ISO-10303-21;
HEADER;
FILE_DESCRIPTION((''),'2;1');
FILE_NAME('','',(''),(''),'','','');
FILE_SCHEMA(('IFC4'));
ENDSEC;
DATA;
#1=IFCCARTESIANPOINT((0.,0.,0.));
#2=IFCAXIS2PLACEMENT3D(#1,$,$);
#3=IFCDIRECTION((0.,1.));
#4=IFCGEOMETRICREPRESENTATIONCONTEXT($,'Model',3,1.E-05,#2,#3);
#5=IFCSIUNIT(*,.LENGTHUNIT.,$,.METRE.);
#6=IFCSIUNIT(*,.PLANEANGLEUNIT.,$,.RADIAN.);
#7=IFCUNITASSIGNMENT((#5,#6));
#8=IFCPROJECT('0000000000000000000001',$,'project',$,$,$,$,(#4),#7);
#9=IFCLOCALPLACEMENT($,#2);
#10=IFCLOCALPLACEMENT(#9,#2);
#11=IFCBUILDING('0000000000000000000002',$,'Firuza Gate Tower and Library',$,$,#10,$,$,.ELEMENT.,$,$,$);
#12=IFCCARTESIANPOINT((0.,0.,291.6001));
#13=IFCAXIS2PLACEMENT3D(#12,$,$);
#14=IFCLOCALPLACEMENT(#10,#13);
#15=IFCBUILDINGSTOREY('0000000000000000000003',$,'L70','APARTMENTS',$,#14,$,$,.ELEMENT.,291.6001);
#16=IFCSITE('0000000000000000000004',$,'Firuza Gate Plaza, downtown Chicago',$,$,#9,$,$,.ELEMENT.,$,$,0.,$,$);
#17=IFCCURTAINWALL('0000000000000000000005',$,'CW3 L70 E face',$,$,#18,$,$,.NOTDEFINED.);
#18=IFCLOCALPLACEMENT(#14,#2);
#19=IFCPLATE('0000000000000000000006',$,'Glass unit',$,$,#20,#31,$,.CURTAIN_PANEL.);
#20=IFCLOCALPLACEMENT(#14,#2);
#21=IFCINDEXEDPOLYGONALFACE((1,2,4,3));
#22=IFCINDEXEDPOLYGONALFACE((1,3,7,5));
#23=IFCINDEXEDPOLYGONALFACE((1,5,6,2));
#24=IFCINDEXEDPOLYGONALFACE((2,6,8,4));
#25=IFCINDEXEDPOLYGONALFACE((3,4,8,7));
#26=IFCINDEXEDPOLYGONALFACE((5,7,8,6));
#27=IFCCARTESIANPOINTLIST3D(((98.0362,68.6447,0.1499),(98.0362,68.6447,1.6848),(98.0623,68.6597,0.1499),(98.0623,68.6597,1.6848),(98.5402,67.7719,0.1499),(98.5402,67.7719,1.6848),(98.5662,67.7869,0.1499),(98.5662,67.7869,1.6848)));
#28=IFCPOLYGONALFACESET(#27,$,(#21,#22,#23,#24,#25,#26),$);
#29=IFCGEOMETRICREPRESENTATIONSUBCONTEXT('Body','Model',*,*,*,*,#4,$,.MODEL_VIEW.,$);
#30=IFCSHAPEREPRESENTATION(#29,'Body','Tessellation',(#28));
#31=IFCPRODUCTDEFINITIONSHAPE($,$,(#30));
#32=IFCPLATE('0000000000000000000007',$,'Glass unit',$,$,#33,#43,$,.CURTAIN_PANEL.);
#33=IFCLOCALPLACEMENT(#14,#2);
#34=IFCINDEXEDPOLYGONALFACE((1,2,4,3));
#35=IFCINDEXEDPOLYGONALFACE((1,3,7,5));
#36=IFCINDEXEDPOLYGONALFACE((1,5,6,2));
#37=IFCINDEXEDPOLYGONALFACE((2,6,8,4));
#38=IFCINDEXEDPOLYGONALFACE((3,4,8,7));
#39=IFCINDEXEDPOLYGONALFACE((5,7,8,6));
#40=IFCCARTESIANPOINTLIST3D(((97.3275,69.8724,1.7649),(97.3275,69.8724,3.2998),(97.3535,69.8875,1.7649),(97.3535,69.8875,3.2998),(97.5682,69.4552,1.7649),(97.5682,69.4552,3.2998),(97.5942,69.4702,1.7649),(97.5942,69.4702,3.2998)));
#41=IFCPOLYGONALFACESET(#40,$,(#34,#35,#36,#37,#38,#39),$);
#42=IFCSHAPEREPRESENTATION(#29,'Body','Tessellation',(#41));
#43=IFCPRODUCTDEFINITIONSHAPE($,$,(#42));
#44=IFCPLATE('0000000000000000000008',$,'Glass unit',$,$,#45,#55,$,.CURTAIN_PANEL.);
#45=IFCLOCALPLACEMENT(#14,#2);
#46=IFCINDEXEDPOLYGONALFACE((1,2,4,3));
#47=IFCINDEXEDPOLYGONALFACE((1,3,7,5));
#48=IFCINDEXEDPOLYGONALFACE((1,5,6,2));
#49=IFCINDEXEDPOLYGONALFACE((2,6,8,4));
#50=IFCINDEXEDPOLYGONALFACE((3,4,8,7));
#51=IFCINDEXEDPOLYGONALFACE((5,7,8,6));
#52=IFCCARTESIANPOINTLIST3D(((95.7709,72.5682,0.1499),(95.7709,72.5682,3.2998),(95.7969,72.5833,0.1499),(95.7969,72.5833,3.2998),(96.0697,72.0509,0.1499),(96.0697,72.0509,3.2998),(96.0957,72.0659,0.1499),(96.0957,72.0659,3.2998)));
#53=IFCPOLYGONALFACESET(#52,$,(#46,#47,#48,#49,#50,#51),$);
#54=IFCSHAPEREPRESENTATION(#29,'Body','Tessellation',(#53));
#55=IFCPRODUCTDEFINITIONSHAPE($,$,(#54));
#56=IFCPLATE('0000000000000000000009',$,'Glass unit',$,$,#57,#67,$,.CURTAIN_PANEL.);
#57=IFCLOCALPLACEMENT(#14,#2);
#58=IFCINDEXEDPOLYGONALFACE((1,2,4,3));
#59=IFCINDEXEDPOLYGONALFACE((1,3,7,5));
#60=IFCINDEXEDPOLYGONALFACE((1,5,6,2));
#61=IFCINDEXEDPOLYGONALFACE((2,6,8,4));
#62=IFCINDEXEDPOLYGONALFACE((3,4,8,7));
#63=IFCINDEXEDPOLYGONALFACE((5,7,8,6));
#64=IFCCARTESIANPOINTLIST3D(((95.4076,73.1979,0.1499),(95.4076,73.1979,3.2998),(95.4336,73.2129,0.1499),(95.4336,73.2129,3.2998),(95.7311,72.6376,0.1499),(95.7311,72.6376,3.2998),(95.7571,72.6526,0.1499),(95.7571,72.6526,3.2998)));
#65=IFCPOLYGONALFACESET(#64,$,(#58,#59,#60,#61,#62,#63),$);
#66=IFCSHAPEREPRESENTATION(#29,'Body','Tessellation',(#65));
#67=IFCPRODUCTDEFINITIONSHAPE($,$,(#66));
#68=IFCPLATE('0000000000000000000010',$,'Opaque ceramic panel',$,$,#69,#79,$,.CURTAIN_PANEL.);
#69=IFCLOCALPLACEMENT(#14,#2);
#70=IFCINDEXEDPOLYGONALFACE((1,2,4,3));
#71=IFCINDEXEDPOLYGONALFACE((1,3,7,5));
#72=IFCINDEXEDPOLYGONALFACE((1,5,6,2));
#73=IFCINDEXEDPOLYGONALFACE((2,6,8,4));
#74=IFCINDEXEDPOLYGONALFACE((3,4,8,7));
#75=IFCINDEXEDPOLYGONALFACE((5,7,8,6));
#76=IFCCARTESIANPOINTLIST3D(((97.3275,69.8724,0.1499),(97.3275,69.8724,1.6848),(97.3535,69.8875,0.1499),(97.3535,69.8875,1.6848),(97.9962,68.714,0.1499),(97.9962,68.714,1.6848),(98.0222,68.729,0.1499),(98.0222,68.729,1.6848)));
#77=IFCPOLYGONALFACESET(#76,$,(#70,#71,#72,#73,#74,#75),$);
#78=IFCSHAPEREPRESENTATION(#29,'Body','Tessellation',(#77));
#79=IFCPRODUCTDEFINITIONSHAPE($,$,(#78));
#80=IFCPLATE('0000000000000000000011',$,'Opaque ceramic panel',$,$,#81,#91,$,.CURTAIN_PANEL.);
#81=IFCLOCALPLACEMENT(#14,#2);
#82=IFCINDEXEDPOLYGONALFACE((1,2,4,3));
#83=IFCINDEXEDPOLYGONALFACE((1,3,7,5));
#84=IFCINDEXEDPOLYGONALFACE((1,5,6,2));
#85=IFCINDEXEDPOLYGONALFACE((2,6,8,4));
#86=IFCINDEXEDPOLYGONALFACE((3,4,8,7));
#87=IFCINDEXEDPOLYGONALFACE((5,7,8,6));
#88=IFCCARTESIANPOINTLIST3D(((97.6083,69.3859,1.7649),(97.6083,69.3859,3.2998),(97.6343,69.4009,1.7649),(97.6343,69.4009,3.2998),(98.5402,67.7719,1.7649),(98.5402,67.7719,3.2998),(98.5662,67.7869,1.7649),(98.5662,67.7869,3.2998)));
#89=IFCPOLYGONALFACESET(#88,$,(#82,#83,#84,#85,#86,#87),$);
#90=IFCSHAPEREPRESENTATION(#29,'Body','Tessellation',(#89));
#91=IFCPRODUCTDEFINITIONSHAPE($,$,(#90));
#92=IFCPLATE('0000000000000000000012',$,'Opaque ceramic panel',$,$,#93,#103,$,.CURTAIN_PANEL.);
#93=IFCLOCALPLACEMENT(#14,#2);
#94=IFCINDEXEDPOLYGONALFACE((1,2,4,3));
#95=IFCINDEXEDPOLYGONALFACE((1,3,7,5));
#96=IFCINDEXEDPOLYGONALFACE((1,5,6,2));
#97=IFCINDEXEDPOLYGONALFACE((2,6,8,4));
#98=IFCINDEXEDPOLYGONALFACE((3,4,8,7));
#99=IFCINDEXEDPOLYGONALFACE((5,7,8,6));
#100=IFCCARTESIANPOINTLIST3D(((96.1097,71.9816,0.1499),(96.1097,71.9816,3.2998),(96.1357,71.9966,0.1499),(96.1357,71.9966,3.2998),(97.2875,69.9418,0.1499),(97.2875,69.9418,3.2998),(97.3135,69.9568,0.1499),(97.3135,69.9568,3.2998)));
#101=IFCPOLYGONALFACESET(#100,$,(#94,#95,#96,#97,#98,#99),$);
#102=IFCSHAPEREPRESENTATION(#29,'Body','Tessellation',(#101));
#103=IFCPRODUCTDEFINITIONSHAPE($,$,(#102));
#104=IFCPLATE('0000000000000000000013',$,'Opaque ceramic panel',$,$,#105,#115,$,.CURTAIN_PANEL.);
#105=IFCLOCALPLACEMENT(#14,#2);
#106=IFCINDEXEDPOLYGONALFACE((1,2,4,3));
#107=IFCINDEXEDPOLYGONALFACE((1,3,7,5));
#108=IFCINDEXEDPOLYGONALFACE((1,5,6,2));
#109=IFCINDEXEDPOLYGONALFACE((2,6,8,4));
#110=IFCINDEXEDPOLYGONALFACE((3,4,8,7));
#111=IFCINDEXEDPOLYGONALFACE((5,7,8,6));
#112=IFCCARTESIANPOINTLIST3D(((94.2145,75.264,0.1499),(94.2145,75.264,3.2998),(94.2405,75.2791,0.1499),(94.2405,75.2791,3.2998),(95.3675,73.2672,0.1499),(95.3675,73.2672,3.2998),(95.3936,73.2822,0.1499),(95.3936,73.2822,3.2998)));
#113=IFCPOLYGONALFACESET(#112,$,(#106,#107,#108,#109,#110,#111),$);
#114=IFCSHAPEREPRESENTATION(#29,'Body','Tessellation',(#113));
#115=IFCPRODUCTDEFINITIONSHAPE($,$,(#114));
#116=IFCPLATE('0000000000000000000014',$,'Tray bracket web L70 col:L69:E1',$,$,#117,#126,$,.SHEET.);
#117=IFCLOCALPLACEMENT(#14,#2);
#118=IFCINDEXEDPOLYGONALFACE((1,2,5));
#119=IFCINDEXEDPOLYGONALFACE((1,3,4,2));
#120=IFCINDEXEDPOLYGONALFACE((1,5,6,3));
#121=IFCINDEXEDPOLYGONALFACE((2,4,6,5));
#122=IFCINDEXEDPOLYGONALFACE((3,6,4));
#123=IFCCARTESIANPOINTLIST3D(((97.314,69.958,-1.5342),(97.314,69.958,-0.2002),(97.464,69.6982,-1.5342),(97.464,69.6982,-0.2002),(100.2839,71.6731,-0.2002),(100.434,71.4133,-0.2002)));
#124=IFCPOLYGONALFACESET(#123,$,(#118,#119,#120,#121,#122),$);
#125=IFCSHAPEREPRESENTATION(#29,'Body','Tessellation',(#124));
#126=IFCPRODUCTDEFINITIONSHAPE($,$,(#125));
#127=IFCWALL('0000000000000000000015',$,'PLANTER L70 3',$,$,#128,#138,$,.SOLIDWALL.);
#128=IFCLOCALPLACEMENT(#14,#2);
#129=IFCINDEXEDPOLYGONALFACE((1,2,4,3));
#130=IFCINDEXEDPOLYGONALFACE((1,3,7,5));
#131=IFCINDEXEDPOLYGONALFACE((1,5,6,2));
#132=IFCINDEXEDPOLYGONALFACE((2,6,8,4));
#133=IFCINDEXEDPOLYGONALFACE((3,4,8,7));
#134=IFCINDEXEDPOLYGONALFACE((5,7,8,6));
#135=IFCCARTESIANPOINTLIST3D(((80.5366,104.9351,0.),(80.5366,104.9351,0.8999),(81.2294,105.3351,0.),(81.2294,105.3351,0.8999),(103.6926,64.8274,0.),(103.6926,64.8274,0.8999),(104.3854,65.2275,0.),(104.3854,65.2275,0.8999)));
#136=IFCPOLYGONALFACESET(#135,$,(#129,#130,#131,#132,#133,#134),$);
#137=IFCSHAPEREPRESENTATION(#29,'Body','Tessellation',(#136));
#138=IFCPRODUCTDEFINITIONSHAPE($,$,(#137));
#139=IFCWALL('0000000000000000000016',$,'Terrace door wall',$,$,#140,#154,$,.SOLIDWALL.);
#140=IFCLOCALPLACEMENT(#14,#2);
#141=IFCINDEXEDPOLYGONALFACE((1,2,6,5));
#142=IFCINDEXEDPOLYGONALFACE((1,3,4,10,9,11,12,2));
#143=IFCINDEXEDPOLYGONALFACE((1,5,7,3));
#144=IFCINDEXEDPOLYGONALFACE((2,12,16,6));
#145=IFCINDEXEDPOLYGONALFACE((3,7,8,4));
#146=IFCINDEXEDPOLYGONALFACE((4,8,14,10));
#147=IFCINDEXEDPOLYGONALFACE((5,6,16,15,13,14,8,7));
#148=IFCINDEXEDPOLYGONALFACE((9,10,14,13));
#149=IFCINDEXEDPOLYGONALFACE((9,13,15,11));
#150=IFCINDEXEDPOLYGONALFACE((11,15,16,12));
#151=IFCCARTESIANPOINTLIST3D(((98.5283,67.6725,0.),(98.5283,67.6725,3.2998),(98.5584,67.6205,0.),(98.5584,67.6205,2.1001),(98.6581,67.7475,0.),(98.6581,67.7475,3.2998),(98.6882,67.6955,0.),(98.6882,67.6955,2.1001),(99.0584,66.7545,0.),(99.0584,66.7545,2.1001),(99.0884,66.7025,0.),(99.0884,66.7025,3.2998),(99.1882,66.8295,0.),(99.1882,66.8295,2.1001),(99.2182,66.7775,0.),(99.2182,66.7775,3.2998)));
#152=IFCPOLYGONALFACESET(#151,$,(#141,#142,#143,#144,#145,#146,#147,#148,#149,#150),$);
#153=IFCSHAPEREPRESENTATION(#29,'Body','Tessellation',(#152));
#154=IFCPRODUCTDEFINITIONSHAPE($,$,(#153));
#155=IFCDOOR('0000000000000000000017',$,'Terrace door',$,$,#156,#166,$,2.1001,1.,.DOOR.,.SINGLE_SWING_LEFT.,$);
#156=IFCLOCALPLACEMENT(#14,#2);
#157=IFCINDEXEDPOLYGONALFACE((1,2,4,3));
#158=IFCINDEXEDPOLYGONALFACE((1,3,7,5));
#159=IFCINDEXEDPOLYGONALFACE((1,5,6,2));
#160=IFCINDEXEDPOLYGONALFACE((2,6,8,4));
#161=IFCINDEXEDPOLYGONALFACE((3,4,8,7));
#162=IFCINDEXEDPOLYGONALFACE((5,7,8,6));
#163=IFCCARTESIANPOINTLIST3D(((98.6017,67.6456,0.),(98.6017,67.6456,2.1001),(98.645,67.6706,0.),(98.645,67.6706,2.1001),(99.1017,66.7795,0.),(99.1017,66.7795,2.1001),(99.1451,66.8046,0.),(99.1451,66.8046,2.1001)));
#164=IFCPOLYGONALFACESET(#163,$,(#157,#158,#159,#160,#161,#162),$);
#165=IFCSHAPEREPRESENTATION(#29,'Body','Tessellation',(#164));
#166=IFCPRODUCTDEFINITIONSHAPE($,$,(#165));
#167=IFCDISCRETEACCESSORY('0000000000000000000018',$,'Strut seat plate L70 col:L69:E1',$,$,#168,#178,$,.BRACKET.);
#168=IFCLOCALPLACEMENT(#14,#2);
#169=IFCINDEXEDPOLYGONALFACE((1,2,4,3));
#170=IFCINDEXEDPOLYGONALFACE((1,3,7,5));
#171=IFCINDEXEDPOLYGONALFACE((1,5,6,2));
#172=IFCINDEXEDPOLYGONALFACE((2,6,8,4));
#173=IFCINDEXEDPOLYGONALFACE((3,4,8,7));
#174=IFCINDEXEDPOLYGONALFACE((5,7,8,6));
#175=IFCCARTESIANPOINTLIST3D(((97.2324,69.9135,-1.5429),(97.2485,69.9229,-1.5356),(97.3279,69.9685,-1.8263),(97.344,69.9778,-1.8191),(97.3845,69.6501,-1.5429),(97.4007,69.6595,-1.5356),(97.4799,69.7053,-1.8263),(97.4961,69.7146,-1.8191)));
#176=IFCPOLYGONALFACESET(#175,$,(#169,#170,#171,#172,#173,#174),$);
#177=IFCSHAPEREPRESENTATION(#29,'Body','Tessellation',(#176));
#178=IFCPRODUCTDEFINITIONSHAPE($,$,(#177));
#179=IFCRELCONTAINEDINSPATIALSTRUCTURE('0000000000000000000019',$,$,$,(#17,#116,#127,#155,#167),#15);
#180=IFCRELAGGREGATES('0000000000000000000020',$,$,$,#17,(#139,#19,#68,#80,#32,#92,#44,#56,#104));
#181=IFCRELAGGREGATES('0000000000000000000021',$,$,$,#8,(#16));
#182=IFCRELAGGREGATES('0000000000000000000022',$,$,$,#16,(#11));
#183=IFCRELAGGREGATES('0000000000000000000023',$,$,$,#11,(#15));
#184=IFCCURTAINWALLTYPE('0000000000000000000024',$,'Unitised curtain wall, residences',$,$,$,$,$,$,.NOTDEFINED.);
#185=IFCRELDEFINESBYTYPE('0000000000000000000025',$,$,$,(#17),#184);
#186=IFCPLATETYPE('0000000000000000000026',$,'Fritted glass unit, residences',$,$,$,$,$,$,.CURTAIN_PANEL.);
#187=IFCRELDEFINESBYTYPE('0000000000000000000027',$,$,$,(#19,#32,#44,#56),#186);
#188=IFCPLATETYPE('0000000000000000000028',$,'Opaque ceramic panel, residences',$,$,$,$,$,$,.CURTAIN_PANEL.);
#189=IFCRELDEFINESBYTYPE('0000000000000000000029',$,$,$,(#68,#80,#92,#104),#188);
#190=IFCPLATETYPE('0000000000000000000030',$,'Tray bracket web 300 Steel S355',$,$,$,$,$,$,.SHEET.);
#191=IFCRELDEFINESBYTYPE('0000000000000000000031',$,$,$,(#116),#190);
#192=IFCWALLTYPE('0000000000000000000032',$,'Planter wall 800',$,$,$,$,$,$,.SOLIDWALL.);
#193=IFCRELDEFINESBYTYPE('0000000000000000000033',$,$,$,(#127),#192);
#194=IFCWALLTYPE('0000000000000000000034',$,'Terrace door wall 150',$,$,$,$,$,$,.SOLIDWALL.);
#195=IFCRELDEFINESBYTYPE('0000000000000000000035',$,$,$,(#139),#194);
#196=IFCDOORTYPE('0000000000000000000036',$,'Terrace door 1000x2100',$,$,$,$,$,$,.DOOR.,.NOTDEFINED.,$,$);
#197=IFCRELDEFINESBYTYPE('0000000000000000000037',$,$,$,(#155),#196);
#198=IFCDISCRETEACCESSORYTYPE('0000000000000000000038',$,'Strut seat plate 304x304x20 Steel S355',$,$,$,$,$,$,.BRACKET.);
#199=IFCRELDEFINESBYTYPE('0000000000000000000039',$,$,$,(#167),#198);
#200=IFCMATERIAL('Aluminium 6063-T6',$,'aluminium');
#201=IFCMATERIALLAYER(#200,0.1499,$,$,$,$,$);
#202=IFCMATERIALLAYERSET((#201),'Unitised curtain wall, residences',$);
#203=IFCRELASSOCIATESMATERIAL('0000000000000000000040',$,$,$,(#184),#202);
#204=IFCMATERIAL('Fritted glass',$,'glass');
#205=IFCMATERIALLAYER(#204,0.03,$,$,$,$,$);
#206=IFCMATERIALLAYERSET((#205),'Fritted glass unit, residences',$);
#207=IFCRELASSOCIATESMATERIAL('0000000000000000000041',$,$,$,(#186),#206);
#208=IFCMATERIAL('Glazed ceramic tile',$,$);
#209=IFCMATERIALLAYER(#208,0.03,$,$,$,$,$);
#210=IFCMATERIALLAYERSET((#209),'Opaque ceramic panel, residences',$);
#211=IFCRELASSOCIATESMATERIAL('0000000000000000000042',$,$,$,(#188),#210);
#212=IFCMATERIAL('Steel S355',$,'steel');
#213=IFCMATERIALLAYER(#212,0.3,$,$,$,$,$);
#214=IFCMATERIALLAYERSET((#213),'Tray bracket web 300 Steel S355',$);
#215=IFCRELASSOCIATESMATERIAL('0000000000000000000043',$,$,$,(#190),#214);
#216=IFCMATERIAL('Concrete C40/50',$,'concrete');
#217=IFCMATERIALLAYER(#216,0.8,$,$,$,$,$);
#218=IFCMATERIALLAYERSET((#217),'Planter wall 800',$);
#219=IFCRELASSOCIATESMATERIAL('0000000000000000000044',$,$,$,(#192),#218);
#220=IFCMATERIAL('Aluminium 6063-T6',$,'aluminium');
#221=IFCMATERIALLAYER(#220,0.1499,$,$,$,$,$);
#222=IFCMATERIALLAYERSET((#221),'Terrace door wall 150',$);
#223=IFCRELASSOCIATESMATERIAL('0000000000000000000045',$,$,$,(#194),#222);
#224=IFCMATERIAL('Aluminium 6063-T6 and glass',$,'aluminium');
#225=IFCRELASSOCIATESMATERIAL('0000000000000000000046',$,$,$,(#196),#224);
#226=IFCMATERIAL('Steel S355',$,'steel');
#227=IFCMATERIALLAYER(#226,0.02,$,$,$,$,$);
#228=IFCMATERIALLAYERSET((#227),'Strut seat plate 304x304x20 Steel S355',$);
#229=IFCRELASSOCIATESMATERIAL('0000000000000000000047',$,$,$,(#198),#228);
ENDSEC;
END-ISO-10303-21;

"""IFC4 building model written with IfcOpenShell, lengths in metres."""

from ifc_helpers import new_model, si_unit, direction, frame, frame_2d, origin, place, context, subcontext, project, spatial, polyline, rectangle, outline, extrude, material, layer, layer_set, type_object, element, fill, aggregate, save


model = new_model("IFC4")

# Units and contexts
model_context = context("Model", 3, precision=1e-05, world=origin(), true_north=direction((0.0, 1.0)))
body_context = subcontext(model_context, "Body", "Model", "MODEL_VIEW")
ifc_project = project(units=[si_unit("LENGTHUNIT", "METRE"), si_unit("PLANEANGLEUNIT", "RADIAN")], contexts=[model_context])

# Site, building, storey
site_placement = place(None, origin())
site = spatial("IfcSite", under=ifc_project, at=site_placement, Name="Firuza Gate Plaza, downtown Chicago", CompositionType="ELEMENT", RefElevation=0.0)
building_placement = place(site_placement, origin())
building = spatial("IfcBuilding", under=site, at=building_placement, Name="Firuza Gate Tower and Library", CompositionType="ELEMENT")
storey_placement = place(building_placement, frame((0.0, 0.0, 291.6001)))
storey = spatial("IfcBuildingStorey", under=building, at=storey_placement, Name="L70", Description="APARTMENTS", CompositionType="ELEMENT", Elevation=291.6001)

# Curtain wall
ifc_material_1 = material(Name="Aluminium 6063-T6", Category="aluminium")
ifc_layer_1 = layer(ifc_material_1, 0.1499)
ifc_layer_set_1 = layer_set([ifc_layer_1], Name="Unitised curtain wall, residences")
curtain_wall_type = type_object("IfcCurtainWallType", Name="Unitised curtain wall, residences", PredefinedType="NOTDEFINED", material=ifc_layer_set_1)
curtain_wall_placement = place(storey_placement, origin())
curtain_wall = element("IfcCurtainWall", 1, at=curtain_wall_placement, inside=storey, type_object=curtain_wall_type, Name="CW3 L70 E face", PredefinedType="NOTDEFINED")

# Plates
ifc_material_2 = material(Name="Fritted glass", Category="glass")
ifc_layer_2 = layer(ifc_material_2, 0.03)
ifc_layer_set_2 = layer_set([ifc_layer_2], Name="Fritted glass unit, residences")
plate_type_1 = type_object("IfcPlateType", Name="Fritted glass unit, residences", PredefinedType="CURTAIN_PANEL", material=ifc_layer_set_2)
plate_1_placement = place(storey_placement, frame((98.5662, 67.7869, 0.1499), z_axis=(0.866028, 0.499995, 0.0), x_axis=(-0.499995, 0.866028, 0.0)))
plate_1 = element("IfcPlate", 2, at=plate_1_placement, type_object=plate_type_1, Name="Glass unit", PredefinedType="CURTAIN_PANEL", context=body_context, shape_type="SweptSolid", body=[
    extrude(outline(polyline([(0.0, 0.0), (1.0078, 0.0), (1.0078, 1.5349), (0.0, 1.5349), (0.0, 0.0)])), origin(), (0.0, 0.0, -1.0), 0.03),
])
plate_2_placement = place(storey_placement, frame((97.5942, 69.4702, 1.7649), z_axis=(0.866177, 0.499737, 0.0), x_axis=(-0.499737, 0.866177, 0.0)))
plate_2 = element("IfcPlate", 3, at=plate_2_placement, type_object=plate_type_1, Name="Glass unit", PredefinedType="CURTAIN_PANEL", context=body_context, shape_type="SweptSolid", body=[
    extrude(outline(polyline([(0.0, 0.0), (0.4817, 0.0), (0.4817, 1.5349), (0.0, 1.5349), (0.0, 0.0)])), origin(), (0.0, 0.0, -1.0), 0.03),
])
plate_3_placement = place(storey_placement, frame((96.0957, 72.0659, 0.1499), z_axis=(0.86592, 0.500182, 0.0), x_axis=(-0.500182, 0.86592, 0.0)))
plate_3 = element("IfcPlate", 4, at=plate_3_placement, type_object=plate_type_1, Name="Glass unit", PredefinedType="CURTAIN_PANEL", context=body_context, shape_type="SweptSolid", body=[
    extrude(outline(polyline([(0.0, 0.0), (0.5974, 0.0), (0.5974, 3.1499), (0.0, 3.1499), (0.0, 0.0)])), origin(), (0.0, 0.0, -1.0), 0.03),
])
plate_4_placement = place(storey_placement, frame((95.7571, 72.6526, 0.1499), z_axis=(0.866028, 0.499995, 0.0), x_axis=(-0.499995, 0.866028, 0.0)))
plate_4 = element("IfcPlate", 5, at=plate_4_placement, type_object=plate_type_1, Name="Glass unit", PredefinedType="CURTAIN_PANEL", context=body_context, shape_type="SweptSolid", body=[
    extrude(outline(polyline([(0.0, 0.0), (0.647, 0.0), (0.647, 3.1499), (0.0, 3.1499), (0.0, 0.0)])), origin(), (0.0, 0.0, -1.0), 0.03),
])
ifc_material_3 = material(Name="Glazed ceramic tile")
ifc_layer_3 = layer(ifc_material_3, 0.03)
ifc_layer_set_3 = layer_set([ifc_layer_3], Name="Opaque ceramic panel, residences")
plate_type_2 = type_object("IfcPlateType", Name="Opaque ceramic panel, residences", PredefinedType="CURTAIN_PANEL", material=ifc_layer_set_3)
plate_5_placement = place(storey_placement, frame((98.0222, 68.729, 0.1499), z_axis=(0.866067, 0.499928, 0.0), x_axis=(-0.499928, 0.866067, 0.0)))
plate_5 = element("IfcPlate", 6, at=plate_5_placement, type_object=plate_type_2, Name="Opaque ceramic panel", PredefinedType="CURTAIN_PANEL", context=body_context, shape_type="SweptSolid", body=[
    extrude(outline(polyline([(0.0, 0.0), (1.3376, 0.0), (1.3376, 1.5349), (0.0, 1.5349), (0.0, 0.0)])), origin(), (0.0, 0.0, -1.0), 0.03),
])
plate_6_placement = place(storey_placement, frame((98.5662, 67.7869, 1.7649), z_axis=(0.866018, 0.500013, 0.0), x_axis=(-0.500013, 0.866018, 0.0)))
plate_6 = element("IfcPlate", 7, at=plate_6_placement, type_object=plate_type_2, Name="Opaque ceramic panel", PredefinedType="CURTAIN_PANEL", context=body_context, shape_type="SweptSolid", body=[
    extrude(outline(polyline([(0.0, 0.0), (1.8637, 0.0), (1.8637, 1.5349), (0.0, 1.5349), (0.0, 0.0)])), origin(), (0.0, 0.0, -1.0), 0.03),
])
plate_7_placement = place(storey_placement, frame((97.3135, 69.9568, 0.1499), z_axis=(0.866015, 0.500019, 0.0), x_axis=(-0.500019, 0.866015, 0.0)))
plate_7 = element("IfcPlate", 8, at=plate_7_placement, type_object=plate_type_2, Name="Opaque ceramic panel", PredefinedType="CURTAIN_PANEL", context=body_context, shape_type="SweptSolid", body=[
    extrude(outline(polyline([(0.0, 0.0), (2.3554, 0.0), (2.3554, 3.1499), (0.0, 3.1499), (0.0, 0.0)])), origin(), (0.0, 0.0, -1.0), 0.03),
])
plate_8_placement = place(storey_placement, frame((95.3936, 73.2822, 0.1499), z_axis=(0.865986, 0.500068, 0.0), x_axis=(-0.500068, 0.865986, 0.0)))
plate_8 = element("IfcPlate", 9, at=plate_8_placement, type_object=plate_type_2, Name="Opaque ceramic panel", PredefinedType="CURTAIN_PANEL", context=body_context, shape_type="SweptSolid", body=[
    extrude(outline(polyline([(0.0, 0.0), (2.3058, 0.0), (2.3058, 3.1499), (0.0, 3.1499), (0.0, 0.0)])), origin(), (0.0, 0.0, -1.0), 0.03),
])
ifc_material_4 = material(Name="Steel S355", Category="steel")
ifc_layer_4 = layer(ifc_material_4, 0.3)
ifc_layer_set_4 = layer_set([ifc_layer_4], Name="Tray bracket web 300 Steel S355")
plate_type_3 = type_object("IfcPlateType", Name="Tray bracket web 300 Steel S355", PredefinedType="SHEET", material=ifc_layer_set_4)
plate_9_placement = place(storey_placement, frame((97.314, 69.958, -0.2002), z_axis=(-0.500082, 0.865978, 0.0), x_axis=(0.865978, 0.500082, 0.0)))
element("IfcPlate", 10, at=plate_9_placement, inside=storey, type_object=plate_type_3, Name="Tray bracket web L70 col:L69:E1", PredefinedType="SHEET", context=body_context, shape_type="SweptSolid", body=[
    extrude(outline(polyline([(0.0, 0.0), (3.4296, 0.0), (0.0, 1.334), (0.0, 0.0)])), origin(), (0.0, 0.0, -1.0), 0.3),
])

# Wall
ifc_material_5 = material(Name="Concrete C40/50", Category="concrete")
ifc_layer_5 = layer(ifc_material_5, 0.8)
ifc_layer_set_5 = layer_set([ifc_layer_5], Name="Planter wall 800")
wall_type_1 = type_object("IfcWallType", Name="Planter wall 800", PredefinedType="SOLIDWALL", material=ifc_layer_set_5)
wall_1_placement = place(storey_placement, frame((104.0391, 65.0273, 0.0), z_axis=(0.0, 0.0, 1.0), x_axis=(-0.499997, 0.866027, 0.0)))
element("IfcWall", 11, at=wall_1_placement, inside=storey, type_object=wall_type_1, Name="PLANTER L70 3", PredefinedType="SOLIDWALL", context=body_context, shape_type="SweptSolid", body=[
    extrude(rectangle(XDim=46.3123, YDim=0.8, at=frame_2d((23.1562, 0.0))), origin(), (0.0, 0.0, 1.0), 0.8999),
])

# Wall, opening, door
ifc_material_6 = material(Name="Aluminium 6063-T6", Category="aluminium")
ifc_layer_6 = layer(ifc_material_6, 0.1499)
ifc_layer_set_6 = layer_set([ifc_layer_6], Name="Terrace door wall 150")
wall_type_2 = type_object("IfcWallType", Name="Terrace door wall 150", PredefinedType="SOLIDWALL", material=ifc_layer_set_6)
wall_2_placement = place(storey_placement, frame((99.1533, 66.74, 0.0), z_axis=(0.0, 0.0, 1.0), x_axis=(-0.500031, 0.866008, 0.0)))
wall_2 = element("IfcWall", 12, at=wall_2_placement, type_object=wall_type_2, Name="Terrace door wall", PredefinedType="SOLIDWALL", context=body_context, shape_type="SweptSolid", body=[
    extrude(rectangle(XDim=1.1201, YDim=0.1499, at=frame_2d((0.5601, 0.0))), origin(), (0.0, 0.0, 1.0), 3.2998),
])
opening_placement = place(wall_2_placement, frame((0.0601, 0.0, 0.0)))
opening = element("IfcOpeningElement", 13, at=opening_placement, cuts=wall_2, PredefinedType="OPENING", context=body_context, shape_type="SweptSolid", body=[
    extrude(rectangle(XDim=1.0, YDim=2.1001, at=frame_2d((0.5, 1.05))), frame((0.0, 0.085, 0.0), z_axis=(0.0, -1.0, 0.0), x_axis=(1.0, 0.0, 0.0)), (0.0, 0.0, 1.0), 0.1699),
])
ifc_material_7 = material(Name="Aluminium 6063-T6 and glass", Category="aluminium")
door_type = type_object("IfcDoorType", Name="Terrace door 1000x2100", OperationType="NOTDEFINED", PredefinedType="DOOR", material=ifc_material_7)
door_placement = place(opening_placement, origin())
door = element("IfcDoor", 14, at=door_placement, inside=storey, type_object=door_type, Name="Terrace door", OperationType="SINGLE_SWING_LEFT", OverallHeight=2.1001, OverallWidth=1.0, PredefinedType="DOOR", context=body_context, shape_type="SweptSolid", body=[
    extrude(rectangle(XDim=1.0, YDim=2.1001, at=frame_2d((0.5, 1.05))), frame((0.0, 0.0249, 0.0), z_axis=(0.0, -1.0, 0.0), x_axis=(1.0, 0.0, 0.0)), (0.0, 0.0, 1.0), 0.05),
])
fill(opening, door)
aggregate(curtain_wall, [wall_2, plate_1, plate_5, plate_6, plate_2, plate_7, plate_3, plate_4, plate_8])

# Discrete accessory
ifc_material_8 = material(Name="Steel S355", Category="steel")
ifc_layer_7 = layer(ifc_material_8, 0.02)
ifc_layer_set_7 = layer_set([ifc_layer_7], Name="Strut seat plate 304x304x20 Steel S355")
discrete_accessory_type = type_object("IfcDiscreteAccessoryType", Name="Strut seat plate 304x304x20 Steel S355", PredefinedType="BRACKET", material=ifc_layer_set_7)
discrete_accessory_1_placement = place(storey_placement, frame((97.2485, 69.9229, -1.5356), z_axis=(0.807065, 0.466204, 0.362353), x_axis=(0.500175, -0.865925, 0.000068)))
element("IfcDiscreteAccessory", 15, at=discrete_accessory_1_placement, inside=storey, type_object=discrete_accessory_type, Name="Strut seat plate L70 col:L69:E1", PredefinedType="BRACKET", context=body_context, shape_type="SweptSolid", body=[
    extrude(outline(polyline([(0.0, 0.0), (0.3042, 0.0), (0.3041, 0.3041), (0.0002, 0.3041), (0.0, 0.0)])), origin(), (0.0, 0.0, -1.0), 0.02),
])

save(model, "model.ifc")
